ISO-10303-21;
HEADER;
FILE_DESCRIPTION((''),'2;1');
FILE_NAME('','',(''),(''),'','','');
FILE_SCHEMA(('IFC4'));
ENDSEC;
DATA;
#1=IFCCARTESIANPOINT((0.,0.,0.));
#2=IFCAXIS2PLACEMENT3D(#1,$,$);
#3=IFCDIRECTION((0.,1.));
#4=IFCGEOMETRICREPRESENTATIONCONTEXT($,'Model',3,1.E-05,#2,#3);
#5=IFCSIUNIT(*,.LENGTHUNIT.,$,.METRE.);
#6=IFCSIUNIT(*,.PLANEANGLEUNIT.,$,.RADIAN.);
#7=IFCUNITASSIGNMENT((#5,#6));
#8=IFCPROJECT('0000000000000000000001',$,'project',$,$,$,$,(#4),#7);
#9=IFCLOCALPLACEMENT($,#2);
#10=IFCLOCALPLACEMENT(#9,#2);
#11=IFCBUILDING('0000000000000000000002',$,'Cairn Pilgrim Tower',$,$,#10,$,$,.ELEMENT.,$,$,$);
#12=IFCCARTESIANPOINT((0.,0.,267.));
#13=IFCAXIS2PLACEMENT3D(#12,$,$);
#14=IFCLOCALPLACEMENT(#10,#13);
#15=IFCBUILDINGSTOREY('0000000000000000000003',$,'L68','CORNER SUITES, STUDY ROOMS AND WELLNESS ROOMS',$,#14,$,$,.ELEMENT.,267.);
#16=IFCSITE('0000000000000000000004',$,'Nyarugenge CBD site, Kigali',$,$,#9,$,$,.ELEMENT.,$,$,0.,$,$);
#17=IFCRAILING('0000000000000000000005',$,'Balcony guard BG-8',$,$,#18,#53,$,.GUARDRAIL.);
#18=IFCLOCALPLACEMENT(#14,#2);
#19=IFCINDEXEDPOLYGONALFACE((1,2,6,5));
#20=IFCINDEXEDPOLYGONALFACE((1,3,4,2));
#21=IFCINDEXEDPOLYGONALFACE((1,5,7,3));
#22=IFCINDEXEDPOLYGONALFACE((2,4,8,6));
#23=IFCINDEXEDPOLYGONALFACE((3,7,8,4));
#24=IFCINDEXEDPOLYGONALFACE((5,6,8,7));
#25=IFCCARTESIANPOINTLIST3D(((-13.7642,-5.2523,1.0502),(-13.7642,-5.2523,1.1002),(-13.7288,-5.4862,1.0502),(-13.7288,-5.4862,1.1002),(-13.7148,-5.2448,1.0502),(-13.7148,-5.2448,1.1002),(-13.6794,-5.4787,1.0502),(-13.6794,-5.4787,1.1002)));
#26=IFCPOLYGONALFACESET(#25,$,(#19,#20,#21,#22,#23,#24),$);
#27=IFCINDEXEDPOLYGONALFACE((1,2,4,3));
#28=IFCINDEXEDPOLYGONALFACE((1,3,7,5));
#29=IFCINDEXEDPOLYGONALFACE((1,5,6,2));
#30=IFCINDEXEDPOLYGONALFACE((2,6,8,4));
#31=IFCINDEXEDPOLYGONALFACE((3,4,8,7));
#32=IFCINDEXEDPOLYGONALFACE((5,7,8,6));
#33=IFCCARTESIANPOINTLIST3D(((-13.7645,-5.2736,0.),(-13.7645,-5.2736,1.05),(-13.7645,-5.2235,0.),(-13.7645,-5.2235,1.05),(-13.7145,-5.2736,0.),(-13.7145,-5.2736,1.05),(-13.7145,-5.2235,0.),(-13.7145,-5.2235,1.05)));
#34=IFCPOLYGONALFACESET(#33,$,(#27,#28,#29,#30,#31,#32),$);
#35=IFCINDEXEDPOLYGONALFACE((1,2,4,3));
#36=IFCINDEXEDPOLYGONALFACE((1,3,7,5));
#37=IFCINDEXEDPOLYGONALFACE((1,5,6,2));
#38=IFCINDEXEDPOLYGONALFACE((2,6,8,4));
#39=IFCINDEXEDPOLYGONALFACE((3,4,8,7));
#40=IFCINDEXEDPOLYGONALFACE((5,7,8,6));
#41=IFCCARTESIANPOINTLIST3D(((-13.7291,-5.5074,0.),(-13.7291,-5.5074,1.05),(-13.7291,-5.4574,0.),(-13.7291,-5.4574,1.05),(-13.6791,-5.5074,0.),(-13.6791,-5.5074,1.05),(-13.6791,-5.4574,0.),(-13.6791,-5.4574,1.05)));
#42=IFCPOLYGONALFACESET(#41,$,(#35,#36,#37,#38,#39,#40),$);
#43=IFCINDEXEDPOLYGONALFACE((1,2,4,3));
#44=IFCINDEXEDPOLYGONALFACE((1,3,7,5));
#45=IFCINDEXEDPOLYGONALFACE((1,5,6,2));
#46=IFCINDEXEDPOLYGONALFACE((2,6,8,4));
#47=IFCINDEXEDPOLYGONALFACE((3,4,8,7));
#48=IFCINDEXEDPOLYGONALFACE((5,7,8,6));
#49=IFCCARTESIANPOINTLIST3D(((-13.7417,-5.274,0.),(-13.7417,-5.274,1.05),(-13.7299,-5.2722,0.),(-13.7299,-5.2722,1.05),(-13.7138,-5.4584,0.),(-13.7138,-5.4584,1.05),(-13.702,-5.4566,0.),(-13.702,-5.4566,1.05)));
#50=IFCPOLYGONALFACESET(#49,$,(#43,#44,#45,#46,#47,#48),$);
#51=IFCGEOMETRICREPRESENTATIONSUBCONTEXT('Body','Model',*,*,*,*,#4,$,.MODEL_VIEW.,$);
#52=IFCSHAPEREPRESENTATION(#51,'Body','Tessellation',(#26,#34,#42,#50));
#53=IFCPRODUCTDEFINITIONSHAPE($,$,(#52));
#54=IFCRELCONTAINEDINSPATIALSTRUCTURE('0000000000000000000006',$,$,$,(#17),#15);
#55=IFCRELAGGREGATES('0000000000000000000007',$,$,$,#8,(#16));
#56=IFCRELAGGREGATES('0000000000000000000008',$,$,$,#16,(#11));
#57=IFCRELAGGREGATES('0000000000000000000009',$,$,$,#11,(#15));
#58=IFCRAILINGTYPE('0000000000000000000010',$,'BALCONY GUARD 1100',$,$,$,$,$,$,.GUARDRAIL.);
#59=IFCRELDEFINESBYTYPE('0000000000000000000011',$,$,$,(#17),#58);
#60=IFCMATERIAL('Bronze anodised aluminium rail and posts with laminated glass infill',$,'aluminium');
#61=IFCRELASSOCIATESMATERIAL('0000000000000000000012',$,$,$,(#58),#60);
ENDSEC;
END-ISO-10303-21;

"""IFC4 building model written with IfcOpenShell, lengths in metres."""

from ifc_helpers import new_model, si_unit, direction, frame, origin, origin_2d, place, context, subcontext, project, spatial, polyline, rectangle, outline, extrude, material, type_object, element, save


model = new_model("IFC4")

# Units and contexts
model_context = context("Model", 3, precision=1e-05, world=origin(), true_north=direction((0.0, 1.0)))
body_context = subcontext(model_context, "Body", "Model", "MODEL_VIEW")
ifc_project = project(units=[si_unit("LENGTHUNIT", "METRE"), si_unit("PLANEANGLEUNIT", "RADIAN")], contexts=[model_context])

# Site, building, storey
site_placement = place(None, origin())
site = spatial("IfcSite", under=ifc_project, at=site_placement, Name="Nyarugenge CBD site, Kigali", CompositionType="ELEMENT", RefElevation=0.0)
building_placement = place(site_placement, origin())
building = spatial("IfcBuilding", under=site, at=building_placement, Name="Cairn Pilgrim Tower", CompositionType="ELEMENT")
storey_placement = place(building_placement, frame((0.0, 0.0, 267.0)))
storey = spatial("IfcBuildingStorey", under=building, at=storey_placement, Name="L68", Description="CORNER SUITES, STUDY ROOMS AND WELLNESS ROOMS", CompositionType="ELEMENT", Elevation=267.0)

# Railing
ifc_material_1 = material(Name="Bronze anodised aluminium rail and posts with laminated glass infill", Category="aluminium")
railing_type = type_object("IfcRailingType", Name="BALCONY GUARD 1100", PredefinedType="GUARDRAIL", material=ifc_material_1)
railing_1_placement = place(storey_placement, frame((-13.7395, -5.2485, 0.0)))
element("IfcRailing", 1, at=railing_1_placement, inside=storey, type_object=railing_type, Name="Balcony guard BG-8", PredefinedType="GUARDRAIL", context=body_context, shape_type="SweptSolid", body=[
    extrude(rectangle(XDim=0.05, YDim=0.05, at=origin_2d()), frame((0.0, 0.0, 1.0752), z_axis=(0.149653, -0.988739, 0.0), x_axis=(0.988739, 0.149653, 0.0)), (0.0, 0.0, 1.0), 0.2366),
    extrude(rectangle(XDim=0.05, YDim=0.05, at=origin_2d()), origin(), (0.0, 0.0, 1.0), 1.05),
    extrude(rectangle(XDim=0.05, YDim=0.05, at=origin_2d()), frame((0.0354, -0.2339, 0.0)), (0.0, 0.0, 1.0), 1.05),
    extrude(outline(polyline([(0.0249, 0.0), (0.2114, 0.0), (0.2114, 1.05), (0.0249, 1.05), (0.0249, 0.0)])), frame((0.0059, 0.001, 0.0), z_axis=(-0.988739, -0.149653, 0.0), x_axis=(0.149653, -0.988739, 0.0)), (0.0, 0.0, 1.0), 0.012),
])

save(model, "model.ifc")
